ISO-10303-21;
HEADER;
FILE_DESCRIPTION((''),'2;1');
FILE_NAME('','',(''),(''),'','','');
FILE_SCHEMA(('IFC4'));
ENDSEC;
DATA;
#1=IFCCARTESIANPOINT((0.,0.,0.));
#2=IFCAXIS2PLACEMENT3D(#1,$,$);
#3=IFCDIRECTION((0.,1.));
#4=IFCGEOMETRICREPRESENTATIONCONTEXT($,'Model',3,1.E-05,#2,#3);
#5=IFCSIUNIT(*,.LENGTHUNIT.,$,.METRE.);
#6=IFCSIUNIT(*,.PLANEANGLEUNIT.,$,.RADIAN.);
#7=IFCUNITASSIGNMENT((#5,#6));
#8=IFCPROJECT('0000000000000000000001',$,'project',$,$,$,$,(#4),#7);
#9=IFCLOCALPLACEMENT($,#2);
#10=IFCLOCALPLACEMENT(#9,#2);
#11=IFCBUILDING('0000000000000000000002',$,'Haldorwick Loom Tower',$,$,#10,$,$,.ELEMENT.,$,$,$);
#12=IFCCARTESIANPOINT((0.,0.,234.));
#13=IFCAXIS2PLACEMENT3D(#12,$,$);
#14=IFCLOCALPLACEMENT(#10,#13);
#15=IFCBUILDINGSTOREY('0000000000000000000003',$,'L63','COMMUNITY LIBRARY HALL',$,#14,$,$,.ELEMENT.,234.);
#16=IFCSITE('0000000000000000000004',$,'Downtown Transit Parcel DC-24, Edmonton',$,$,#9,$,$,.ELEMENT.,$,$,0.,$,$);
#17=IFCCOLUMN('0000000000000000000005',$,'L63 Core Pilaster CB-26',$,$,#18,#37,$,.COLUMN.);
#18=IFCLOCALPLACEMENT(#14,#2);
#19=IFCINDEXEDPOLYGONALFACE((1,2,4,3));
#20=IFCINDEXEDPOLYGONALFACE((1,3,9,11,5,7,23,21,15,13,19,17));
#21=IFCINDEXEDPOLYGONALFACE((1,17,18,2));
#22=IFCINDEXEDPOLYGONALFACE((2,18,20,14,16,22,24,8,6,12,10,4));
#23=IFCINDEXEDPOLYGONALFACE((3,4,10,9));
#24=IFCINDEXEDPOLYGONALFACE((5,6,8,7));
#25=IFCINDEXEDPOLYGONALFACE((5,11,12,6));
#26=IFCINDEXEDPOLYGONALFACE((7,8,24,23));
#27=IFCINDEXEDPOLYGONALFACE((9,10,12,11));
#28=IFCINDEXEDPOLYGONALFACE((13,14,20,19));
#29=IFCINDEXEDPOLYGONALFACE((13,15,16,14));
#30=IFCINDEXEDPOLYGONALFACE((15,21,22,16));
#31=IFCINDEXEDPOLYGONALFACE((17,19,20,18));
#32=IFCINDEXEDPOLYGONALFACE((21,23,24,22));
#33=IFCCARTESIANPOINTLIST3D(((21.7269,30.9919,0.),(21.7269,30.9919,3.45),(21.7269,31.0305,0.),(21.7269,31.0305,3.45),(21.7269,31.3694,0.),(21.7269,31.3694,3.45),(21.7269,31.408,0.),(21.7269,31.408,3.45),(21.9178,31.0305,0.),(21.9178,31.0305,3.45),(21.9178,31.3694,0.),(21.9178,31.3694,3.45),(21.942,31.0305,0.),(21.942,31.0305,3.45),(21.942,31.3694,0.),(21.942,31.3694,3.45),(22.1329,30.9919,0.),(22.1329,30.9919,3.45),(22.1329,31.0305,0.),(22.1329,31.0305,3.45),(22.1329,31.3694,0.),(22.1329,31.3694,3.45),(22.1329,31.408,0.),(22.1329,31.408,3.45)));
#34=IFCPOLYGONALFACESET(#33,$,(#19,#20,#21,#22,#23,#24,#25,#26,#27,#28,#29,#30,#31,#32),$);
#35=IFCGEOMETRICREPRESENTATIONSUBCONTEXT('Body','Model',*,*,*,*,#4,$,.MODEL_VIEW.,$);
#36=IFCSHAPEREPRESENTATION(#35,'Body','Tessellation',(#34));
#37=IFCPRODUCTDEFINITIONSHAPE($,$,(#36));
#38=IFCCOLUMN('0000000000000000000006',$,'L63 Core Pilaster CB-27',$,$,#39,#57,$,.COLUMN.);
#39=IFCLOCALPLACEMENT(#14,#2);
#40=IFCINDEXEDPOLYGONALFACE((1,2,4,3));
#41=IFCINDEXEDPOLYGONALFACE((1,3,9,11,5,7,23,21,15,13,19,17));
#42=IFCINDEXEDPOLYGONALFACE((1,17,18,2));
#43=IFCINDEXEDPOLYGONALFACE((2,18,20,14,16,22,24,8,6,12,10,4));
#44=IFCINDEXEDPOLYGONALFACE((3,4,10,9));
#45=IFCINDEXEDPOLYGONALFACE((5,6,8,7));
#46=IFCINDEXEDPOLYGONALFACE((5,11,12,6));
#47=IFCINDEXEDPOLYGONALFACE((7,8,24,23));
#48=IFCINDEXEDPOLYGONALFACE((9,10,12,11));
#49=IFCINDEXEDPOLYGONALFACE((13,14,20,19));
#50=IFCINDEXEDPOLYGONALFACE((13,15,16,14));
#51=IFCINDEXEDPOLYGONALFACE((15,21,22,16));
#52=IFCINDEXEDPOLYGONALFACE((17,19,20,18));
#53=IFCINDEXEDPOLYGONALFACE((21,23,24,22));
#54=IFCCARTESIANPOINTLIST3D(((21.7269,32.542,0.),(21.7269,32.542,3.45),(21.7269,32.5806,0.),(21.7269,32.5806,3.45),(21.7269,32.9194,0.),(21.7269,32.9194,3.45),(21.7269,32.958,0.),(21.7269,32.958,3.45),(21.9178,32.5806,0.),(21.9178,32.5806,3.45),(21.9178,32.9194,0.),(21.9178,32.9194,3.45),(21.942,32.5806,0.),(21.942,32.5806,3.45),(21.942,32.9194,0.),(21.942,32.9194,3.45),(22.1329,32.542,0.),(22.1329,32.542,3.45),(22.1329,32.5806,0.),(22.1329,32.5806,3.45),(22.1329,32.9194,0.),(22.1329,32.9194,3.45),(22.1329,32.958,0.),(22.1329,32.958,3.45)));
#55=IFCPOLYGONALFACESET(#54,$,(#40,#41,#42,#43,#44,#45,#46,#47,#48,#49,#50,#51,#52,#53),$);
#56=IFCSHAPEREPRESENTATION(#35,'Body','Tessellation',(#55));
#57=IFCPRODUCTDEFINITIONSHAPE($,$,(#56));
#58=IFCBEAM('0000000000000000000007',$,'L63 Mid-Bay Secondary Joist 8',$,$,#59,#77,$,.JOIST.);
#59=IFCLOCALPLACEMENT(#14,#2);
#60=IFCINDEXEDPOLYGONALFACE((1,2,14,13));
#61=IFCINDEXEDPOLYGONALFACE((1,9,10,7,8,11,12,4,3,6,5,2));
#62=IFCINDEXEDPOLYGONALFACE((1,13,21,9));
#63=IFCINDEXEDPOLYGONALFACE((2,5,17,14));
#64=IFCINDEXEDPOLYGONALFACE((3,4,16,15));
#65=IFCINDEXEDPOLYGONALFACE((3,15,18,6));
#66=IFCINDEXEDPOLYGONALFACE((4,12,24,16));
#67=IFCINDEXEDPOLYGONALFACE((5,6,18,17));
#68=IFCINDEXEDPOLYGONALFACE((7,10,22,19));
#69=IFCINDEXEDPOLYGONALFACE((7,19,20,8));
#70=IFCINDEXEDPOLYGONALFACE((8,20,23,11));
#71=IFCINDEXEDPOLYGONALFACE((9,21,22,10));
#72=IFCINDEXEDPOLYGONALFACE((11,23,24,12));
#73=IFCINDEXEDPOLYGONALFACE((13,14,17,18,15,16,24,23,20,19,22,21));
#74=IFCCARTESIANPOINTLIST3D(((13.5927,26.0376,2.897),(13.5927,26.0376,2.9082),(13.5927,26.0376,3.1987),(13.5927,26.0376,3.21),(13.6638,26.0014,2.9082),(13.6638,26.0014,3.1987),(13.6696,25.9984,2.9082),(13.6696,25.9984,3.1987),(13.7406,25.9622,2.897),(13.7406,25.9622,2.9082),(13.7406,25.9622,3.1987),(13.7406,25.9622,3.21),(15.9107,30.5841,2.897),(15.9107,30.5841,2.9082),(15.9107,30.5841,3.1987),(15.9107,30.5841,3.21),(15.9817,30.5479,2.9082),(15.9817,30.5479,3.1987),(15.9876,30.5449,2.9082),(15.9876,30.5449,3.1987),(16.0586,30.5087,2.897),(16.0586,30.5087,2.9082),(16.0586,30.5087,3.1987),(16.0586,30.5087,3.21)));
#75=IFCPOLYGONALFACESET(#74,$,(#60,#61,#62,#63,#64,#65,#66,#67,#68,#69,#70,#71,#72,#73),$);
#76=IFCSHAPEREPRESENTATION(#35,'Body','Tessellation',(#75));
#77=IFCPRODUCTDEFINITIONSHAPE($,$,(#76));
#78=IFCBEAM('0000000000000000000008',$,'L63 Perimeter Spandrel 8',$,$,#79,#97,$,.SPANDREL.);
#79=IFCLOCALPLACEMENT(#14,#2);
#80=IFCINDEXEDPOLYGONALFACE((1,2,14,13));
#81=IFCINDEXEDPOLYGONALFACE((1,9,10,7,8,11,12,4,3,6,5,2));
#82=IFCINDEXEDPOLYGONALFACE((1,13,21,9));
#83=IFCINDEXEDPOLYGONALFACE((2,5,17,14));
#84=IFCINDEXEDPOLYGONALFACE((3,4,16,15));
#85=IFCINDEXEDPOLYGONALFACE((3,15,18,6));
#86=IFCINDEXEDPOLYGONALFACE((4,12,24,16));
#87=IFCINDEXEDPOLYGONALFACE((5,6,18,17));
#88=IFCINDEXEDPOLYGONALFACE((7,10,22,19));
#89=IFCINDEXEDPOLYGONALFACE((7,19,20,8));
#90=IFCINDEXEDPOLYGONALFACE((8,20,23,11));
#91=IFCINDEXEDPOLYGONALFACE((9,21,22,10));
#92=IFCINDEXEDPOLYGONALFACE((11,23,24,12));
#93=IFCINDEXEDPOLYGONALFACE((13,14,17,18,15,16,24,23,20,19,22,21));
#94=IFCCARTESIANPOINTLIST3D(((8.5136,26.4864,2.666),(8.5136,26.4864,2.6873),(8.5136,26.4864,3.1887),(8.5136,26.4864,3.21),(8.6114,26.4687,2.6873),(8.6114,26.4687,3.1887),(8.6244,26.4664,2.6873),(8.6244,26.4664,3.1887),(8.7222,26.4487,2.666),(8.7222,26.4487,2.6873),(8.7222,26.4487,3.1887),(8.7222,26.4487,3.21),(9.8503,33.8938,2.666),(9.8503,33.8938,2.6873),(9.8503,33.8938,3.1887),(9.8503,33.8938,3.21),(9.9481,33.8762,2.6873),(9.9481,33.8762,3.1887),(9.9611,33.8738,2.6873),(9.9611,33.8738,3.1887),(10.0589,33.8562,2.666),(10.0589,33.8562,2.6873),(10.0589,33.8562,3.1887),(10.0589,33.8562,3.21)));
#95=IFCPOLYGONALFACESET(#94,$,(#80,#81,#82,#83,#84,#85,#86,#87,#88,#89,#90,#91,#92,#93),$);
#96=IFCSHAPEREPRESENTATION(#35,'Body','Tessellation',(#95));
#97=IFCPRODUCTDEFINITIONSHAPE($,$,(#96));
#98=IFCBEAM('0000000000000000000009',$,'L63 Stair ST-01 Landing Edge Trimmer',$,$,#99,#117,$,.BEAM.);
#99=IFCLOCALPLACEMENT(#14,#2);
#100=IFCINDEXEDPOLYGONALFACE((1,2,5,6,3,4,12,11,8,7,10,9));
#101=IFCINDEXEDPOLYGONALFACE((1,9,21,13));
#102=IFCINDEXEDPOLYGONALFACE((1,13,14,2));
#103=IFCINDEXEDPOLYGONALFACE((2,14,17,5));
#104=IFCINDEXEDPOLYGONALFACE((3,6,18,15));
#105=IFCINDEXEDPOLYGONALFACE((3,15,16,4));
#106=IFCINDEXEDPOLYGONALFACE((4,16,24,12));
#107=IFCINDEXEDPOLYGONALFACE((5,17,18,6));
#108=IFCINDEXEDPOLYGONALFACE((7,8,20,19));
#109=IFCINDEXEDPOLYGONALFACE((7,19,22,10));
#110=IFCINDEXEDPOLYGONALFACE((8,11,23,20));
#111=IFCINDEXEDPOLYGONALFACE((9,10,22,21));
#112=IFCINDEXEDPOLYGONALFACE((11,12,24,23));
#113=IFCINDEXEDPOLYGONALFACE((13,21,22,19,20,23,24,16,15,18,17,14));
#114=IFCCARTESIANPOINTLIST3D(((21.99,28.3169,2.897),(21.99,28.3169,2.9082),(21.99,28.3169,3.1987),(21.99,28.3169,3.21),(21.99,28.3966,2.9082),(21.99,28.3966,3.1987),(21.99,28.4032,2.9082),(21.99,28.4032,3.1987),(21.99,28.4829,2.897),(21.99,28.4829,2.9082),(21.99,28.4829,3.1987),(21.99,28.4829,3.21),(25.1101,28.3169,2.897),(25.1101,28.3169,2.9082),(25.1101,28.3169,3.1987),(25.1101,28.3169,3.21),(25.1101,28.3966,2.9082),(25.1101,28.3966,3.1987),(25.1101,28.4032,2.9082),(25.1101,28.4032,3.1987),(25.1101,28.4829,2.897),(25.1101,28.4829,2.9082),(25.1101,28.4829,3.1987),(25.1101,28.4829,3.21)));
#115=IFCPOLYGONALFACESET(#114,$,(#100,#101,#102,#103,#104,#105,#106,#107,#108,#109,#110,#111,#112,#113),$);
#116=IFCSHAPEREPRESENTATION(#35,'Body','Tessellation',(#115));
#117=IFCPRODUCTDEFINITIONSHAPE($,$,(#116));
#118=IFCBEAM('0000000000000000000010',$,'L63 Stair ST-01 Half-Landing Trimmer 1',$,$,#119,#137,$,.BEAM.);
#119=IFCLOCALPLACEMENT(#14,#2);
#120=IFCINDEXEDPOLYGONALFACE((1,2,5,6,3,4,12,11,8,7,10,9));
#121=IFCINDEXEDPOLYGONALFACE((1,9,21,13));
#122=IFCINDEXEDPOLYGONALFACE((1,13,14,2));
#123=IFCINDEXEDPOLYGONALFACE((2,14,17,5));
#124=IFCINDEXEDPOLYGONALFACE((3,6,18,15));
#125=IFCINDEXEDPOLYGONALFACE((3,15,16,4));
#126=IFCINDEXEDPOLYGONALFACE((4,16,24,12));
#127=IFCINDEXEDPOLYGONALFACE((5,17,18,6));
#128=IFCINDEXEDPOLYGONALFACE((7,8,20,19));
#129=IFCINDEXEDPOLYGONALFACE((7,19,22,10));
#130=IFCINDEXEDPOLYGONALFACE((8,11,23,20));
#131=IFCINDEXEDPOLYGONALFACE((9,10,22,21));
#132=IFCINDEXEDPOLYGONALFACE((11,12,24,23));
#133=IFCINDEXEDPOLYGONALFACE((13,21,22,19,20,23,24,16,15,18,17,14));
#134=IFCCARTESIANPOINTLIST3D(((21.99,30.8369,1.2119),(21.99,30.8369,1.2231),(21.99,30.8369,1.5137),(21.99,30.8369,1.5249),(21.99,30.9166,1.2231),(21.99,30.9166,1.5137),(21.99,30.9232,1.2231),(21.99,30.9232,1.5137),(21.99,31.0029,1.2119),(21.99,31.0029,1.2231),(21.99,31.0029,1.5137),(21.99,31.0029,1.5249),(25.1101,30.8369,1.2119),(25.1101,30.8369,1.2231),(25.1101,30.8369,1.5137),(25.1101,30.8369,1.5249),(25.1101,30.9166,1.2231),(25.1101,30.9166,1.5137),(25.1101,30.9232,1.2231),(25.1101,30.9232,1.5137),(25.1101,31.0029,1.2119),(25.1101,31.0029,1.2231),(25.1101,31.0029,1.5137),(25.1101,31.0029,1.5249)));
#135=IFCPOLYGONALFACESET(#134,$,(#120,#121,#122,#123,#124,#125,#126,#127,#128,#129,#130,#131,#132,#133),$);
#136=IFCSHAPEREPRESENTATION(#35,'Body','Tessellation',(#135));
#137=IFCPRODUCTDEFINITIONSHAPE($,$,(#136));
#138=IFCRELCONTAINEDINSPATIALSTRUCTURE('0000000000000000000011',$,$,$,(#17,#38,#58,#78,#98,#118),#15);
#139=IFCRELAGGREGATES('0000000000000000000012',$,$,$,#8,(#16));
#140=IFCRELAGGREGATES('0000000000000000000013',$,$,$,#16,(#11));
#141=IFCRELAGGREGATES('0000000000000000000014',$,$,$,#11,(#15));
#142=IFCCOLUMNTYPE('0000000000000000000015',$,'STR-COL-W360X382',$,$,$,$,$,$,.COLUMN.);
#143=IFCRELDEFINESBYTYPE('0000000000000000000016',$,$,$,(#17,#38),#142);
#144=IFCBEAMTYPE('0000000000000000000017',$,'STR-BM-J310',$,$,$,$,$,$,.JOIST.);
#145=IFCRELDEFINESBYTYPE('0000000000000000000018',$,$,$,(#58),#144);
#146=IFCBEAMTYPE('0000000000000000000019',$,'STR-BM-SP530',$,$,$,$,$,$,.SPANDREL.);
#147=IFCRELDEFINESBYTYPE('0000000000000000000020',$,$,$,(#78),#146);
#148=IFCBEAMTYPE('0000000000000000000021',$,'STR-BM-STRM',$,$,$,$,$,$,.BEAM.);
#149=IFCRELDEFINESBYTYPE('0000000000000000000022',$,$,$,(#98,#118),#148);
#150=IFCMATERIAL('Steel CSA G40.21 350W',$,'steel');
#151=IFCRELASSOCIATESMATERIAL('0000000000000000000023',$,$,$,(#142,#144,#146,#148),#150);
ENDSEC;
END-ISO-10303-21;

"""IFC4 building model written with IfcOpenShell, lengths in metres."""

from ifc_helpers import new_model, si_unit, direction, frame, origin, origin_2d, place, context, subcontext, project, spatial, i_section, extrude, material, material_profile, profile_set, type_object, element, save


model = new_model("IFC4")

# Units and contexts
model_context = context("Model", 3, precision=1e-05, world=origin(), true_north=direction((0.0, 1.0)))
body_context = subcontext(model_context, "Body", "Model", "MODEL_VIEW")
ifc_project = project(units=[si_unit("LENGTHUNIT", "METRE"), si_unit("PLANEANGLEUNIT", "RADIAN")], contexts=[model_context])

# Site, building, storey
site_placement = place(None, origin())
site = spatial("IfcSite", under=ifc_project, at=site_placement, Name="Downtown Transit Parcel DC-24, Edmonton", CompositionType="ELEMENT", RefElevation=0.0)
building_placement = place(site_placement, origin())
building = spatial("IfcBuilding", under=site, at=building_placement, Name="Haldorwick Loom Tower", CompositionType="ELEMENT")
storey_placement = place(building_placement, frame((0.0, 0.0, 234.0)))
storey = spatial("IfcBuildingStorey", under=building, at=storey_placement, Name="L63", Description="COMMUNITY LIBRARY HALL", CompositionType="ELEMENT", Elevation=234.0)

# Columns
ifc_material_1 = material(Name="Steel CSA G40.21 350W", Category="steel")
ifc_material_profile_1 = material_profile(ifc_material_1, i_section(OverallWidth=0.406, OverallDepth=0.416, WebThickness=0.0242, FlangeThickness=0.0386, at=origin_2d()), Name="W360X382", Category="steel")
ifc_profile_set_1 = profile_set([ifc_material_profile_1], Name="Steel CSA G40.21 350W")
column_type = type_object("IfcColumnType", Name="STR-COL-W360X382", PredefinedType="COLUMN", material=ifc_profile_set_1)
for number, where, z_axis, x_axis, name in (
    (1, (21.9299, 31.2, 0.0), (0.0, 0.0, 1.0), (1.0, 0.0, 0.0), "L63 Core Pilaster CB-26"),
    (2, (21.9299, 32.75, 0.0), (0.0, 0.0, 1.0), (1.0, 0.0, 0.0), "L63 Core Pilaster CB-27"),
):
    element("IfcColumn", number, at=place(storey_placement, frame(where, z_axis=z_axis, x_axis=x_axis)), inside=storey, type_object=column_type, Name=name, PredefinedType="COLUMN", context=body_context, shape_type="SweptSolid", body=[
        extrude(i_section(OverallWidth=0.406, OverallDepth=0.416, WebThickness=0.0242, FlangeThickness=0.0386, at=origin_2d()), origin(), (0.0, 0.0, 1.0), 3.45),
    ])

# Beams
ifc_material_profile_2 = material_profile(ifc_material_1, i_section(OverallWidth=0.166, OverallDepth=0.313, WebThickness=0.0066, FlangeThickness=0.0112, at=origin_2d()), Name="W310X45", Category="steel")
ifc_profile_set_2 = profile_set([ifc_material_profile_2], Name="Steel CSA G40.21 350W")
beam_type_1 = type_object("IfcBeamType", Name="STR-BM-J310", PredefinedType="JOIST", material=ifc_profile_set_2)
beam_1_placement = place(storey_placement, frame((15.9846, 30.5464, 3.0535), z_axis=(-0.454204, -0.890898, 0.0), x_axis=(0.890898, -0.454204, 0.0)))
element("IfcBeam", 3, at=beam_1_placement, inside=storey, type_object=beam_type_1, Name="L63 Mid-Bay Secondary Joist 8", PredefinedType="JOIST", context=body_context, shape_type="SweptSolid", body=[
    extrude(i_section(OverallWidth=0.166, OverallDepth=0.313, WebThickness=0.0066, FlangeThickness=0.0112, at=origin_2d()), origin(), (0.0, 0.0, 1.0), 5.1033),
])
ifc_material_profile_3 = material_profile(ifc_material_1, i_section(OverallWidth=0.2119, OverallDepth=0.5439, WebThickness=0.0132, FlangeThickness=0.0212, at=origin_2d()), Name="W530X123", Category="steel")
ifc_profile_set_3 = profile_set([ifc_material_profile_3], Name="Steel CSA G40.21 350W")
beam_type_2 = type_object("IfcBeamType", Name="STR-BM-SP530", PredefinedType="SPANDREL", material=ifc_profile_set_3)
beam_2_placement = place(storey_placement, frame((9.9546, 33.875, 2.938), z_axis=(-0.177581, -0.984106, 0.0), x_axis=(0.984106, -0.177581, 0.0)))
element("IfcBeam", 4, at=beam_2_placement, inside=storey, type_object=beam_type_2, Name="L63 Perimeter Spandrel 8", PredefinedType="SPANDREL", context=body_context, shape_type="SweptSolid", body=[
    extrude(i_section(OverallWidth=0.2119, OverallDepth=0.5439, WebThickness=0.0132, FlangeThickness=0.0212, at=origin_2d()), origin(), (0.0, 0.0, 1.0), 7.5271),
])
ifc_material_profile_4 = material_profile(ifc_material_1, i_section(OverallWidth=0.166, OverallDepth=0.313, WebThickness=0.0066, FlangeThickness=0.0112, at=origin_2d()), Name="W310X45", Category="steel")
ifc_profile_set_4 = profile_set([ifc_material_profile_4], Name="Steel CSA G40.21 350W")
beam_type_3 = type_object("IfcBeamType", Name="STR-BM-STRM", PredefinedType="BEAM", material=ifc_profile_set_4)
for number, where, z_axis, x_axis, name in (
    (5, (21.99, 28.3999, 3.0535), (1.0, 0.0, 0.0), (0.0, 1.0, 0.0), "L63 Stair ST-01 Landing Edge Trimmer"),
    (6, (21.99, 30.9199, 1.3684), (1.0, 0.0, 0.0), (0.0, 1.0, 0.0), "L63 Stair ST-01 Half-Landing Trimmer 1"),
):
    element("IfcBeam", number, at=place(storey_placement, frame(where, z_axis=z_axis, x_axis=x_axis)), inside=storey, type_object=beam_type_3, Name=name, PredefinedType="BEAM", context=body_context, shape_type="SweptSolid", body=[
        extrude(i_section(OverallWidth=0.166, OverallDepth=0.313, WebThickness=0.0066, FlangeThickness=0.0112, at=origin_2d()), origin(), (0.0, 0.0, 1.0), 3.1201),
    ])

save(model, "model.ifc")
